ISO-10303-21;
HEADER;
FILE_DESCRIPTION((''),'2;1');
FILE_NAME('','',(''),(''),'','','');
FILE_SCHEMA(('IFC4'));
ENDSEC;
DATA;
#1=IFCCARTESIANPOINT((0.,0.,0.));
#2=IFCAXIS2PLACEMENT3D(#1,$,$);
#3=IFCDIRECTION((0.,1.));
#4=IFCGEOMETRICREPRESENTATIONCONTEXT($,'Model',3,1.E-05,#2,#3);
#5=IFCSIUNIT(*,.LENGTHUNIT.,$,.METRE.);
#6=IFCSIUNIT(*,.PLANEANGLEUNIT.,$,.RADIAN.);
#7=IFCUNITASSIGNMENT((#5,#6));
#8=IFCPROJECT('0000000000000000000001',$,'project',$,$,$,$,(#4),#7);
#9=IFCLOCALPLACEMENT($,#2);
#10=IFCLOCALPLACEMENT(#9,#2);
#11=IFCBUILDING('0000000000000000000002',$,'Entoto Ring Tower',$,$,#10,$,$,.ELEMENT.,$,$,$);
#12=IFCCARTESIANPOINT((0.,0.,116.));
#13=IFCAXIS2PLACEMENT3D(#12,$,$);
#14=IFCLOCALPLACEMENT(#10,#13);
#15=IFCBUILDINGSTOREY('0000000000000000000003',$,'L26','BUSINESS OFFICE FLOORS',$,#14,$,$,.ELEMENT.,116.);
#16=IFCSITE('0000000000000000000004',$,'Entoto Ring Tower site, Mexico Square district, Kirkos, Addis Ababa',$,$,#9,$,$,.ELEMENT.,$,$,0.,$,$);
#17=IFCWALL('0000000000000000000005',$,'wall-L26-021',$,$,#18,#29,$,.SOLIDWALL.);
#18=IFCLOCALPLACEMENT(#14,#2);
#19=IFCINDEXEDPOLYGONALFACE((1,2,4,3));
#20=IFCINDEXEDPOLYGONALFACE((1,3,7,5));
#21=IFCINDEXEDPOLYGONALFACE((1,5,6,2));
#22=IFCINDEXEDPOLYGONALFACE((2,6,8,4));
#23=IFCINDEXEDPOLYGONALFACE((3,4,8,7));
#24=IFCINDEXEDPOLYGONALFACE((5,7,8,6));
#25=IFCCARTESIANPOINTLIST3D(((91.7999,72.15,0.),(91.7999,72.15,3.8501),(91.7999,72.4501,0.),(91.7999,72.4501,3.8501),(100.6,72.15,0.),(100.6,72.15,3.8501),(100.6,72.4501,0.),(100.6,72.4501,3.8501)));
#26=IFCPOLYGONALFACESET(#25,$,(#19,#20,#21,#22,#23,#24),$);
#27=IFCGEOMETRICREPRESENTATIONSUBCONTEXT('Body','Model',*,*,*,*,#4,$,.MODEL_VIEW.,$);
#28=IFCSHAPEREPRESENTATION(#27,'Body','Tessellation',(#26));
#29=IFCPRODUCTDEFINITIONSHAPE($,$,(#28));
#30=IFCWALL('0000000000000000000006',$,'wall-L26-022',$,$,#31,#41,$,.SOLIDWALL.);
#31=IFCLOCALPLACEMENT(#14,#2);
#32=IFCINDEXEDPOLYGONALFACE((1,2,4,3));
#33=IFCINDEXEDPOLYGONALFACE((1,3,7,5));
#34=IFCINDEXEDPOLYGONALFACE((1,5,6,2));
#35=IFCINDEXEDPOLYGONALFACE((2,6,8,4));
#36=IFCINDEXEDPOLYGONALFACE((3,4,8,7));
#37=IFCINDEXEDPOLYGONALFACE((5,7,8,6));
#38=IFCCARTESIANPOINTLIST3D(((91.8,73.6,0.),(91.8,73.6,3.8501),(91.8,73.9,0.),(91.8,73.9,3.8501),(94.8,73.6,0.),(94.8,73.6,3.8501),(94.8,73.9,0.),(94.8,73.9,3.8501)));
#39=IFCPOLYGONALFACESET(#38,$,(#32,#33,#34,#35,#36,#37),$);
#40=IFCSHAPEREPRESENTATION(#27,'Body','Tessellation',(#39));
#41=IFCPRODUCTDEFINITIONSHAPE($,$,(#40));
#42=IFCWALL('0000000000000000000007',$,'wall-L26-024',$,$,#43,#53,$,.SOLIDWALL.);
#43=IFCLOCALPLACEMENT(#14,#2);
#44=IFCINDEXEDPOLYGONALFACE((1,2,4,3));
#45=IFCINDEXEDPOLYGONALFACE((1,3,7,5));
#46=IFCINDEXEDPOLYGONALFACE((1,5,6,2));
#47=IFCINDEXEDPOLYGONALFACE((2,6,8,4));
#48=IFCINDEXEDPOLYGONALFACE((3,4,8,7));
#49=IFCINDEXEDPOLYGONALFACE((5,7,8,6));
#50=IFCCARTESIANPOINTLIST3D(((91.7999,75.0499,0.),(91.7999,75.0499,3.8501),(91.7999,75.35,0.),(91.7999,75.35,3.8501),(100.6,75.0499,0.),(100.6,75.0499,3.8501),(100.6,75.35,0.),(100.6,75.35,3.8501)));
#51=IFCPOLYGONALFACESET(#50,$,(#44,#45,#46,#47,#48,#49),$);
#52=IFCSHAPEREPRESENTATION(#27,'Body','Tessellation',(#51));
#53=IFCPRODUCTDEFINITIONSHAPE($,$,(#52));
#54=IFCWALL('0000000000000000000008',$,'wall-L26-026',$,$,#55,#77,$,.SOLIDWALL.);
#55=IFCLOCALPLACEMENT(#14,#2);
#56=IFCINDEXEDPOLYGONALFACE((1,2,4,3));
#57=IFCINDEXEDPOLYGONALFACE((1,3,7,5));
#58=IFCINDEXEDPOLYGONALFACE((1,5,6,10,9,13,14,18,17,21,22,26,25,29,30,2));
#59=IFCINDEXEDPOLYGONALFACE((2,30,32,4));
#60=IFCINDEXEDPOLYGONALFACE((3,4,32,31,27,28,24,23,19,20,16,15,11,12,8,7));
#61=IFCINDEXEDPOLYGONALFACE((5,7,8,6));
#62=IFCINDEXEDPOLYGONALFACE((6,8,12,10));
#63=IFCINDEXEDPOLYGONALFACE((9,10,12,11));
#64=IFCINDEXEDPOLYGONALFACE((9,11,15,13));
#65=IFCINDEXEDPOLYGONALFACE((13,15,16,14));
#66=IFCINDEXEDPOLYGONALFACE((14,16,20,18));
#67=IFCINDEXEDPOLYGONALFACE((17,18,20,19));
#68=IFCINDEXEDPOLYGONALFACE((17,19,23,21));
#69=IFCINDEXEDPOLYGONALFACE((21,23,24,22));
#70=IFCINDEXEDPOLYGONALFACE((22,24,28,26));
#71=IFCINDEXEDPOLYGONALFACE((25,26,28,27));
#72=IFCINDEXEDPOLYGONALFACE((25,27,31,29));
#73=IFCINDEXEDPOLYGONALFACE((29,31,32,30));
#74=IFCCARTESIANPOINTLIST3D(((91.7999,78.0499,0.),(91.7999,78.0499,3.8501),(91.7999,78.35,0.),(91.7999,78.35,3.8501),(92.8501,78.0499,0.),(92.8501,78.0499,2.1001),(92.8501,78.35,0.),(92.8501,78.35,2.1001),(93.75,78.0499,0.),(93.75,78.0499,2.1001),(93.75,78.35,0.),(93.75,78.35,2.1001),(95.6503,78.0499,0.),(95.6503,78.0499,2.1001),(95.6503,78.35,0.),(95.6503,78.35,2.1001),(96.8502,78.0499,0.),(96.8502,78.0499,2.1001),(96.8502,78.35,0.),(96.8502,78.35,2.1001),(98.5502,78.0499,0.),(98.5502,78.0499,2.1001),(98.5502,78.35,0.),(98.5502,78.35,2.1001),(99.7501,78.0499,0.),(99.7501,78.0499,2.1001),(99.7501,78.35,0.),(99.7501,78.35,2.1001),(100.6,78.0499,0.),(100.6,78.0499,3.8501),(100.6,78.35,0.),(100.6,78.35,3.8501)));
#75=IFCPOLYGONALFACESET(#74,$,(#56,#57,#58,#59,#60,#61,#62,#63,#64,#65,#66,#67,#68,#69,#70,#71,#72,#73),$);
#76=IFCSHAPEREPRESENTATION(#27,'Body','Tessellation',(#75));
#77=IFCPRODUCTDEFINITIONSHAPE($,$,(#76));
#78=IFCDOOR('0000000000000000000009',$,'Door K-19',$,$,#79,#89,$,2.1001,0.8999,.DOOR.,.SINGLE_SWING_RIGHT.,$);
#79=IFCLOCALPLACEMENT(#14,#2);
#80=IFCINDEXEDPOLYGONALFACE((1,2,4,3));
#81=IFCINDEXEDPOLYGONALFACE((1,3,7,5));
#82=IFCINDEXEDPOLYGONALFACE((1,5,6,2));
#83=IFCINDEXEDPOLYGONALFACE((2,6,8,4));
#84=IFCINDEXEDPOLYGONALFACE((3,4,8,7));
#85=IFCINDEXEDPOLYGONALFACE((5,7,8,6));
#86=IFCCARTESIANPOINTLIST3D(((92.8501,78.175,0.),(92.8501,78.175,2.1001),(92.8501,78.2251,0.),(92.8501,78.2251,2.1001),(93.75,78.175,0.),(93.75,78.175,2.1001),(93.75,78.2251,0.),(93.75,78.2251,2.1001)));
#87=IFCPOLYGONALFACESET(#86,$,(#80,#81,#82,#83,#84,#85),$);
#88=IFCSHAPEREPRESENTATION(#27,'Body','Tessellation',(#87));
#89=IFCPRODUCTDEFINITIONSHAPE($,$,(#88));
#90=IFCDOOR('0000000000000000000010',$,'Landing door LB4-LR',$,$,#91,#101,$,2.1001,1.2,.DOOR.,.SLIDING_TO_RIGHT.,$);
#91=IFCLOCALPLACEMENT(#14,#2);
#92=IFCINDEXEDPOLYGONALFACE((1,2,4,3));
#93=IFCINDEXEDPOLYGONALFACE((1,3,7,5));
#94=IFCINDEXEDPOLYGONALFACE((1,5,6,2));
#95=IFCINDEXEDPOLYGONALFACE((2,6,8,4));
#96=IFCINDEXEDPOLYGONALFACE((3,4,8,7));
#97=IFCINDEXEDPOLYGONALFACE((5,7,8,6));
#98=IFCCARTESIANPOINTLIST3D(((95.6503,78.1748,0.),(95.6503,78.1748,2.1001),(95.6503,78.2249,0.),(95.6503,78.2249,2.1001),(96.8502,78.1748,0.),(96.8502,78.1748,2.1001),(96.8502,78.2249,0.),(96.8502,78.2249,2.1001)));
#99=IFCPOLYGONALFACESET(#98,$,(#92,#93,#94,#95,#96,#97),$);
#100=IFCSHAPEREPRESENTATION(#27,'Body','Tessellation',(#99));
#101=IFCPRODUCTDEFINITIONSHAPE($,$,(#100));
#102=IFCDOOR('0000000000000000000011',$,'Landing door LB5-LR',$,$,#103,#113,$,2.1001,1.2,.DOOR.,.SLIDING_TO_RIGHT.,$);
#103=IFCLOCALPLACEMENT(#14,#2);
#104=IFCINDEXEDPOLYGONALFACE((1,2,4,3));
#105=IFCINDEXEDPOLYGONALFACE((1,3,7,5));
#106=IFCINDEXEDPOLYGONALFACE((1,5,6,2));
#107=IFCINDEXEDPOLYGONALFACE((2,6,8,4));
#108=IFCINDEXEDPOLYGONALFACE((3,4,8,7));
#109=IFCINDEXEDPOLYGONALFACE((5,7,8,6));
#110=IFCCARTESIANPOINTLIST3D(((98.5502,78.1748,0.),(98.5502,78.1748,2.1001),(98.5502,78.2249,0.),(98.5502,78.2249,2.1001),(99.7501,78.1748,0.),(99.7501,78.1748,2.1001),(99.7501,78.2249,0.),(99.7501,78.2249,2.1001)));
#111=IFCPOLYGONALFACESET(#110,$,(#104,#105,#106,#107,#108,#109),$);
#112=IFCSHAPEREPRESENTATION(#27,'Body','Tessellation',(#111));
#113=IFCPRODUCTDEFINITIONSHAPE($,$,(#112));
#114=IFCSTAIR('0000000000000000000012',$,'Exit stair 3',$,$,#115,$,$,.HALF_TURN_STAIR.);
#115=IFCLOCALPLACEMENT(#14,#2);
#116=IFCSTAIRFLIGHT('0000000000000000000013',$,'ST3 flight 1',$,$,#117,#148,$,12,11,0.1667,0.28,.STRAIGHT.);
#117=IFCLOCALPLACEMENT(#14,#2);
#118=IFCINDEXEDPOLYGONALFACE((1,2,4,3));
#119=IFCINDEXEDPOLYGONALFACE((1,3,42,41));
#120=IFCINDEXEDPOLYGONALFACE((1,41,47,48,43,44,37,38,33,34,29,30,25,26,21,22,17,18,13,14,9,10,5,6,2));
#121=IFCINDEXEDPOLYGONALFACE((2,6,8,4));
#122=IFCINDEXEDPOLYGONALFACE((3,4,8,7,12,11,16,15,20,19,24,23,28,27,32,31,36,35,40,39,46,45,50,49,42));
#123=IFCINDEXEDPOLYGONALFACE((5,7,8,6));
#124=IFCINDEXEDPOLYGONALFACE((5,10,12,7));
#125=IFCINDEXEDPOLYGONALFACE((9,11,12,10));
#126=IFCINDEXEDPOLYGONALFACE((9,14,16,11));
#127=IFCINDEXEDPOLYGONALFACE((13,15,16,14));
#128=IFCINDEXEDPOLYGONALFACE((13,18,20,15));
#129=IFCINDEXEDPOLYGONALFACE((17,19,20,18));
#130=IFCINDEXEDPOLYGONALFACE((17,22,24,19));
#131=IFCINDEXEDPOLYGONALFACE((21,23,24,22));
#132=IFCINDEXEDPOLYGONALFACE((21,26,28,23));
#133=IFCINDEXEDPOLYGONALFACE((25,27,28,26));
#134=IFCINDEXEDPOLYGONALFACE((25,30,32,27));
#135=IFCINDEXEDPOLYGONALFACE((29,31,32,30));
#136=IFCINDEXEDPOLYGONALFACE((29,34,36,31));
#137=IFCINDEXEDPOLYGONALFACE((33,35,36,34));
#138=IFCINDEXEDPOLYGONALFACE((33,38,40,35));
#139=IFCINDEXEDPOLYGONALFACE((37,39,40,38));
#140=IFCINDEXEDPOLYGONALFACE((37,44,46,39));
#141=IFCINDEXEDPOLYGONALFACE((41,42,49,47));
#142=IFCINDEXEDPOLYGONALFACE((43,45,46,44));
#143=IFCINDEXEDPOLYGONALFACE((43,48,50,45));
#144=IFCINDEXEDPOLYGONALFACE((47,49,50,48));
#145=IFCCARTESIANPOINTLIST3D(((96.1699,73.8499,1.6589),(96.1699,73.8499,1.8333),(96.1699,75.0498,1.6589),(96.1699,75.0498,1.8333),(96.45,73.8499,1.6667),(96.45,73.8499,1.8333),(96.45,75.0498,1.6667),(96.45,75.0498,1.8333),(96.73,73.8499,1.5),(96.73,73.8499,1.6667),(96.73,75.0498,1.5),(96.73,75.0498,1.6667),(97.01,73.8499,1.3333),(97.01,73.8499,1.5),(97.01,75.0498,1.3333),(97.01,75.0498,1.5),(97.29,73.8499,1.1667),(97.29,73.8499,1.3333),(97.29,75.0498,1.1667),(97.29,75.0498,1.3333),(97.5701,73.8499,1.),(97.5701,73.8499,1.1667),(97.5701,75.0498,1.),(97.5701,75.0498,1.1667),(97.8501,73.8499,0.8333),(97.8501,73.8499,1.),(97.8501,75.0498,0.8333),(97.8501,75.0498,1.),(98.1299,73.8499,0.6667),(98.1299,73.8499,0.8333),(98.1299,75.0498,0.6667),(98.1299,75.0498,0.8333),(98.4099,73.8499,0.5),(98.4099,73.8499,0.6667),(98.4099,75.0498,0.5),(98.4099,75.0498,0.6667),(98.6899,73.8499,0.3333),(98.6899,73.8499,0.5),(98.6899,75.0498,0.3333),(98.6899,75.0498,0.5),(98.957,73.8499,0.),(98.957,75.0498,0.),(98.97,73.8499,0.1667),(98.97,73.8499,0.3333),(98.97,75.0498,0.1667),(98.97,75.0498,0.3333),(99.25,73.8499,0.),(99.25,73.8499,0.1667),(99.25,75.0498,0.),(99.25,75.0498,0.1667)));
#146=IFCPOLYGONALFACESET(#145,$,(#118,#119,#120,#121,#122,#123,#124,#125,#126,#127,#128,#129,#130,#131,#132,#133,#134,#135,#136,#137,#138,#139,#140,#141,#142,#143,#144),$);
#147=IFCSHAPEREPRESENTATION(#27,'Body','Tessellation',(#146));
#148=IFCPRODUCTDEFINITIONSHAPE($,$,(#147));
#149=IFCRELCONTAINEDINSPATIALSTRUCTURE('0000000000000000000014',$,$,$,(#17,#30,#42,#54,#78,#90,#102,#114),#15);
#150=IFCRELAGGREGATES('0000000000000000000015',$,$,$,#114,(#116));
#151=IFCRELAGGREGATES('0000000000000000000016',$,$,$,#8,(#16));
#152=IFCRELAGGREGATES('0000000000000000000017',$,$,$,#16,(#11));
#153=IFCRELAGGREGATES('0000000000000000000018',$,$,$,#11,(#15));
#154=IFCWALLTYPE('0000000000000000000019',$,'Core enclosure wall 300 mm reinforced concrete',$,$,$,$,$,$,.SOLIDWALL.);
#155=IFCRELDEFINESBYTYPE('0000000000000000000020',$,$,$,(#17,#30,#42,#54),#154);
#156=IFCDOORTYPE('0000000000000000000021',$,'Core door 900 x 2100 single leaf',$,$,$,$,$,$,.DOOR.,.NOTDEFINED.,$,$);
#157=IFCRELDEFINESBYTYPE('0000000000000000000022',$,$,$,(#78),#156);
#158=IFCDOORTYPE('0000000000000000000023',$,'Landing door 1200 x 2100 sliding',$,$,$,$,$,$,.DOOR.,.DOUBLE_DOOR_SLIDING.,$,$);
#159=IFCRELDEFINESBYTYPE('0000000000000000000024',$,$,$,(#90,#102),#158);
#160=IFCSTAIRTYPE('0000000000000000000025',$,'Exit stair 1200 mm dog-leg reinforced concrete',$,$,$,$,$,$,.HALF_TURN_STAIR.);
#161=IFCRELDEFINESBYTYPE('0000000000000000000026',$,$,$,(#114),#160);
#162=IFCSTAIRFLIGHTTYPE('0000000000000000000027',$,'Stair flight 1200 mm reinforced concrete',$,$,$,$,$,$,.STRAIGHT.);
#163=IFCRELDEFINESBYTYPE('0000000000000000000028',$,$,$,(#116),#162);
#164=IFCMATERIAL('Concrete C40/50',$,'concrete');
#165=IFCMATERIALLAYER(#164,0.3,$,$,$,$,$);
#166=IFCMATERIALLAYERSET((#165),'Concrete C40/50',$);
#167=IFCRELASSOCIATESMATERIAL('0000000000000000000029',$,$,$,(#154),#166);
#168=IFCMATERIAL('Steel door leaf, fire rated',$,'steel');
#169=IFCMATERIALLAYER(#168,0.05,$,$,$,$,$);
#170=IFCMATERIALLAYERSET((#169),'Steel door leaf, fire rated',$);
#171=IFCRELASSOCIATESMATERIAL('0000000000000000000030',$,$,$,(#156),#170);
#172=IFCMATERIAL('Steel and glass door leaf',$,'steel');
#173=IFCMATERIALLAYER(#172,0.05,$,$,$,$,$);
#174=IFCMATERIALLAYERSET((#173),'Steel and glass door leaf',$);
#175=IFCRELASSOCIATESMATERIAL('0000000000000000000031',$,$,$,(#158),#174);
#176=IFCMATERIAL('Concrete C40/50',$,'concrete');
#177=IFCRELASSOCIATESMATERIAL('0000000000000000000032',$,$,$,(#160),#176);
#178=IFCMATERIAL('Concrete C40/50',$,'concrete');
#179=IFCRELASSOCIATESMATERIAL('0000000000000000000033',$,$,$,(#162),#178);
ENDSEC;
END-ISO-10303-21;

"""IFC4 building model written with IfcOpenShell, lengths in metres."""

from ifc_helpers import new_model, si_unit, direction, frame, frame_2d, origin, place, context, subcontext, project, spatial, polyline, rectangle, outline, extrude, material, layer, layer_set, type_object, element, fill, aggregate, save


model = new_model("IFC4")

# Units and contexts
model_context = context("Model", 3, precision=1e-05, world=origin(), true_north=direction((0.0, 1.0)))
body_context = subcontext(model_context, "Body", "Model", "MODEL_VIEW")
ifc_project = project(units=[si_unit("LENGTHUNIT", "METRE"), si_unit("PLANEANGLEUNIT", "RADIAN")], contexts=[model_context])

# Site, building, storey
site_placement = place(None, origin())
site = spatial("IfcSite", under=ifc_project, at=site_placement, Name="Entoto Ring Tower site, Mexico Square district, Kirkos, Addis Ababa", CompositionType="ELEMENT", RefElevation=0.0)
building_placement = place(site_placement, origin())
building = spatial("IfcBuilding", under=site, at=building_placement, Name="Entoto Ring Tower", CompositionType="ELEMENT")
storey_placement = place(building_placement, frame((0.0, 0.0, 116.0)))
storey = spatial("IfcBuildingStorey", under=building, at=storey_placement, Name="L26", Description="BUSINESS OFFICE FLOORS", CompositionType="ELEMENT", Elevation=116.0)

# Shared definitions
ifc_material_1 = material(Name="Concrete C40/50", Category="concrete")
ifc_layer_1 = layer(ifc_material_1, 0.3)
ifc_layer_set_1 = layer_set([ifc_layer_1], Name="Concrete C40/50")
wall_type = type_object("IfcWallType", Name="Core enclosure wall 300 mm reinforced concrete", PredefinedType="SOLIDWALL", material=ifc_layer_set_1)

# Shared definitions
ifc_material_2 = material(Name="Steel door leaf, fire rated", Category="steel")
ifc_layer_2 = layer(ifc_material_2, 0.05)
ifc_layer_set_2 = layer_set([ifc_layer_2], Name="Steel door leaf, fire rated")
door_type_1 = type_object("IfcDoorType", Name="Core door 900 x 2100 single leaf", OperationType="NOTDEFINED", PredefinedType="DOOR", material=ifc_layer_set_2)

# Walls
wall_1_placement = place(storey_placement, frame((91.8, 72.3, 0.0), z_axis=(0.0, 0.0, 1.0), x_axis=(1.0, 0.0, 0.0)))
element("IfcWall", 1, at=wall_1_placement, inside=storey, type_object=wall_type, Name="wall-L26-021", PredefinedType="SOLIDWALL", context=body_context, shape_type="SweptSolid", body=[
    extrude(rectangle(XDim=8.8, YDim=0.3, at=frame_2d((4.3999, 0.0))), origin(), (0.0, 0.0, 1.0), 3.8501),
])
wall_2_placement = place(storey_placement, frame((91.8, 73.75, 0.0), z_axis=(0.0, 0.0, 1.0), x_axis=(1.0, 0.0, 0.0)))
element("IfcWall", 2, at=wall_2_placement, inside=storey, type_object=wall_type, Name="wall-L26-022", PredefinedType="SOLIDWALL", context=body_context, shape_type="SweptSolid", body=[
    extrude(rectangle(XDim=3.0, YDim=0.3, at=frame_2d((1.5, 0.0))), origin(), (0.0, 0.0, 1.0), 3.8501),
])
wall_3_placement = place(storey_placement, frame((91.8, 75.2, 0.0), z_axis=(0.0, 0.0, 1.0), x_axis=(1.0, 0.0, 0.0)))
element("IfcWall", 3, at=wall_3_placement, inside=storey, type_object=wall_type, Name="wall-L26-024", PredefinedType="SOLIDWALL", context=body_context, shape_type="SweptSolid", body=[
    extrude(rectangle(XDim=8.8, YDim=0.3, at=frame_2d((4.3999, 0.0))), origin(), (0.0, 0.0, 1.0), 3.8501),
])

# Wall, openings, doors
wall_4_placement = place(storey_placement, frame((91.8, 78.2, 0.0), z_axis=(0.0, 0.0, 1.0), x_axis=(1.0, 0.0, 0.0)))
wall_4 = element("IfcWall", 4, at=wall_4_placement, inside=storey, type_object=wall_type, Name="wall-L26-026", PredefinedType="SOLIDWALL", context=body_context, shape_type="SweptSolid", body=[
    extrude(rectangle(XDim=8.8, YDim=0.3, at=frame_2d((4.3999, 0.0))), origin(), (0.0, 0.0, 1.0), 3.8501),
])
opening_1_placement = place(wall_4_placement, frame((3.8501, 0.0, 0.0)))
opening_1 = element("IfcOpeningElement", 5, at=opening_1_placement, cuts=wall_4, PredefinedType="OPENING", context=body_context, shape_type="SweptSolid", body=[
    extrude(rectangle(XDim=1.2, YDim=2.1001, at=frame_2d((0.6001, 1.05))), frame((0.0, 0.1602, 0.0), z_axis=(0.0, -1.0, 0.0), x_axis=(1.0, 0.0, 0.0)), (0.0, 0.0, 1.0), 0.3201),
])
opening_2_placement = place(wall_4_placement, frame((6.75, 0.0, 0.0)))
opening_2 = element("IfcOpeningElement", 6, at=opening_2_placement, cuts=wall_4, PredefinedType="OPENING", context=body_context, shape_type="SweptSolid", body=[
    extrude(rectangle(XDim=1.2, YDim=2.1001, at=frame_2d((0.6001, 1.05))), frame((0.0, 0.1602, 0.0), z_axis=(0.0, -1.0, 0.0), x_axis=(1.0, 0.0, 0.0)), (0.0, 0.0, 1.0), 0.3201),
])
opening_3_placement = place(wall_4_placement, frame((1.05, 0.0, 0.0)))
opening_3 = element("IfcOpeningElement", 7, at=opening_3_placement, cuts=wall_4, PredefinedType="OPENING", context=body_context, shape_type="SweptSolid", body=[
    extrude(rectangle(XDim=0.8999, YDim=2.1001, at=frame_2d((0.45, 1.05))), frame((0.0, 0.1602, 0.0), z_axis=(0.0, -1.0, 0.0), x_axis=(1.0, 0.0, 0.0)), (0.0, 0.0, 1.0), 0.3201),
])
door_1_placement = place(opening_3_placement, frame((0.8999, 0.0, 0.0), z_axis=(0.0, 0.0, 1.0), x_axis=(-1.0, 0.0, 0.0)))
door_1 = element("IfcDoor", 8, at=door_1_placement, inside=storey, type_object=door_type_1, Name="Door K-19", OperationType="SINGLE_SWING_RIGHT", OverallHeight=2.1001, OverallWidth=0.8999, PredefinedType="DOOR", context=body_context, shape_type="SweptSolid", body=[
    extrude(rectangle(XDim=0.8999, YDim=2.1001, at=frame_2d((0.45, 1.05))), frame((0.0, 0.0249, 0.0), z_axis=(0.0, -1.0, 0.0), x_axis=(1.0, 0.0, 0.0)), (0.0, 0.0, 1.0), 0.05),
])
fill(opening_3, door_1)
ifc_material_3 = material(Name="Steel and glass door leaf", Category="steel")
ifc_layer_3 = layer(ifc_material_3, 0.05)
ifc_layer_set_3 = layer_set([ifc_layer_3], Name="Steel and glass door leaf")
door_type_2 = type_object("IfcDoorType", Name="Landing door 1200 x 2100 sliding", OperationType="DOUBLE_DOOR_SLIDING", PredefinedType="DOOR", material=ifc_layer_set_3)
door_2_placement = place(opening_1_placement, origin())
door_2 = element("IfcDoor", 9, at=door_2_placement, inside=storey, type_object=door_type_2, Name="Landing door LB4-LR", OperationType="SLIDING_TO_RIGHT", OverallHeight=2.1001, OverallWidth=1.2, PredefinedType="DOOR", context=body_context, shape_type="SweptSolid", body=[
    extrude(rectangle(XDim=1.2, YDim=2.1001, at=frame_2d((0.6001, 1.05))), frame((0.0, 0.0249, 0.0), z_axis=(0.0, -1.0, 0.0), x_axis=(1.0, 0.0, 0.0)), (0.0, 0.0, 1.0), 0.05),
])
fill(opening_1, door_2)
door_3_placement = place(opening_2_placement, origin())
door_3 = element("IfcDoor", 10, at=door_3_placement, inside=storey, type_object=door_type_2, Name="Landing door LB5-LR", OperationType="SLIDING_TO_RIGHT", OverallHeight=2.1001, OverallWidth=1.2, PredefinedType="DOOR", context=body_context, shape_type="SweptSolid", body=[
    extrude(rectangle(XDim=1.2, YDim=2.1001, at=frame_2d((0.6001, 1.05))), frame((0.0, 0.0249, 0.0), z_axis=(0.0, -1.0, 0.0), x_axis=(1.0, 0.0, 0.0)), (0.0, 0.0, 1.0), 0.05),
])
fill(opening_2, door_3)

# Stair, stair flight
ifc_material_4 = material(Name="Concrete C40/50", Category="concrete")
stair_type = type_object("IfcStairType", Name="Exit stair 1200 mm dog-leg reinforced concrete", PredefinedType="HALF_TURN_STAIR", material=ifc_material_4)
stair_placement = place(storey_placement, origin())
stair = element("IfcStair", 11, at=stair_placement, inside=storey, type_object=stair_type, Name="Exit stair 3", PredefinedType="HALF_TURN_STAIR")
ifc_material_5 = material(Name="Concrete C40/50", Category="concrete")
stair_flight_type = type_object("IfcStairFlightType", Name="Stair flight 1200 mm reinforced concrete", PredefinedType="STRAIGHT", material=ifc_material_5)
stair_flight_1_placement = place(storey_placement, frame((99.25, 74.45, 0.0), z_axis=(0.0, 0.0, 1.0), x_axis=(-1.0, 0.0, 0.0)))
stair_flight_1 = element("IfcStairFlight", 12, at=stair_flight_1_placement, type_object=stair_flight_type, Name="ST3 flight 1", NumberOfRisers=12, NumberOfTreads=11, PredefinedType="STRAIGHT", RiserHeight=0.1667, TreadLength=0.28, context=body_context, shape_type="SweptSolid", body=[
    extrude(outline(polyline([(0.0, 0.0), (0.0, 0.1667), (0.28, 0.1667), (0.28, 0.3333), (0.5601, 0.3333), (0.5601, 0.5), (0.8401, 0.5), (0.8401, 0.6667), (1.1201, 0.6667), (1.1201, 0.8333), (1.3999, 0.8333), (1.3999, 1.0), (1.6799, 1.0), (1.6799, 1.1667), (1.96, 1.1667), (1.96, 1.3333), (2.24, 1.3333), (2.24, 1.5), (2.52, 1.5), (2.52, 1.6667), (2.8, 1.6667), (2.8, 1.8333), (3.0801, 1.8333), (3.0801, 2.0), (3.0801, 1.6589), (0.293, 0.0), (0.0, 0.0)])), frame((0.0, 0.6001, 0.0), z_axis=(0.0, -1.0, 0.0), x_axis=(1.0, 0.0, 0.0)), (0.0, 0.0, 1.0), 1.2),
])
aggregate(stair, [stair_flight_1])

save(model, "model.ifc")
